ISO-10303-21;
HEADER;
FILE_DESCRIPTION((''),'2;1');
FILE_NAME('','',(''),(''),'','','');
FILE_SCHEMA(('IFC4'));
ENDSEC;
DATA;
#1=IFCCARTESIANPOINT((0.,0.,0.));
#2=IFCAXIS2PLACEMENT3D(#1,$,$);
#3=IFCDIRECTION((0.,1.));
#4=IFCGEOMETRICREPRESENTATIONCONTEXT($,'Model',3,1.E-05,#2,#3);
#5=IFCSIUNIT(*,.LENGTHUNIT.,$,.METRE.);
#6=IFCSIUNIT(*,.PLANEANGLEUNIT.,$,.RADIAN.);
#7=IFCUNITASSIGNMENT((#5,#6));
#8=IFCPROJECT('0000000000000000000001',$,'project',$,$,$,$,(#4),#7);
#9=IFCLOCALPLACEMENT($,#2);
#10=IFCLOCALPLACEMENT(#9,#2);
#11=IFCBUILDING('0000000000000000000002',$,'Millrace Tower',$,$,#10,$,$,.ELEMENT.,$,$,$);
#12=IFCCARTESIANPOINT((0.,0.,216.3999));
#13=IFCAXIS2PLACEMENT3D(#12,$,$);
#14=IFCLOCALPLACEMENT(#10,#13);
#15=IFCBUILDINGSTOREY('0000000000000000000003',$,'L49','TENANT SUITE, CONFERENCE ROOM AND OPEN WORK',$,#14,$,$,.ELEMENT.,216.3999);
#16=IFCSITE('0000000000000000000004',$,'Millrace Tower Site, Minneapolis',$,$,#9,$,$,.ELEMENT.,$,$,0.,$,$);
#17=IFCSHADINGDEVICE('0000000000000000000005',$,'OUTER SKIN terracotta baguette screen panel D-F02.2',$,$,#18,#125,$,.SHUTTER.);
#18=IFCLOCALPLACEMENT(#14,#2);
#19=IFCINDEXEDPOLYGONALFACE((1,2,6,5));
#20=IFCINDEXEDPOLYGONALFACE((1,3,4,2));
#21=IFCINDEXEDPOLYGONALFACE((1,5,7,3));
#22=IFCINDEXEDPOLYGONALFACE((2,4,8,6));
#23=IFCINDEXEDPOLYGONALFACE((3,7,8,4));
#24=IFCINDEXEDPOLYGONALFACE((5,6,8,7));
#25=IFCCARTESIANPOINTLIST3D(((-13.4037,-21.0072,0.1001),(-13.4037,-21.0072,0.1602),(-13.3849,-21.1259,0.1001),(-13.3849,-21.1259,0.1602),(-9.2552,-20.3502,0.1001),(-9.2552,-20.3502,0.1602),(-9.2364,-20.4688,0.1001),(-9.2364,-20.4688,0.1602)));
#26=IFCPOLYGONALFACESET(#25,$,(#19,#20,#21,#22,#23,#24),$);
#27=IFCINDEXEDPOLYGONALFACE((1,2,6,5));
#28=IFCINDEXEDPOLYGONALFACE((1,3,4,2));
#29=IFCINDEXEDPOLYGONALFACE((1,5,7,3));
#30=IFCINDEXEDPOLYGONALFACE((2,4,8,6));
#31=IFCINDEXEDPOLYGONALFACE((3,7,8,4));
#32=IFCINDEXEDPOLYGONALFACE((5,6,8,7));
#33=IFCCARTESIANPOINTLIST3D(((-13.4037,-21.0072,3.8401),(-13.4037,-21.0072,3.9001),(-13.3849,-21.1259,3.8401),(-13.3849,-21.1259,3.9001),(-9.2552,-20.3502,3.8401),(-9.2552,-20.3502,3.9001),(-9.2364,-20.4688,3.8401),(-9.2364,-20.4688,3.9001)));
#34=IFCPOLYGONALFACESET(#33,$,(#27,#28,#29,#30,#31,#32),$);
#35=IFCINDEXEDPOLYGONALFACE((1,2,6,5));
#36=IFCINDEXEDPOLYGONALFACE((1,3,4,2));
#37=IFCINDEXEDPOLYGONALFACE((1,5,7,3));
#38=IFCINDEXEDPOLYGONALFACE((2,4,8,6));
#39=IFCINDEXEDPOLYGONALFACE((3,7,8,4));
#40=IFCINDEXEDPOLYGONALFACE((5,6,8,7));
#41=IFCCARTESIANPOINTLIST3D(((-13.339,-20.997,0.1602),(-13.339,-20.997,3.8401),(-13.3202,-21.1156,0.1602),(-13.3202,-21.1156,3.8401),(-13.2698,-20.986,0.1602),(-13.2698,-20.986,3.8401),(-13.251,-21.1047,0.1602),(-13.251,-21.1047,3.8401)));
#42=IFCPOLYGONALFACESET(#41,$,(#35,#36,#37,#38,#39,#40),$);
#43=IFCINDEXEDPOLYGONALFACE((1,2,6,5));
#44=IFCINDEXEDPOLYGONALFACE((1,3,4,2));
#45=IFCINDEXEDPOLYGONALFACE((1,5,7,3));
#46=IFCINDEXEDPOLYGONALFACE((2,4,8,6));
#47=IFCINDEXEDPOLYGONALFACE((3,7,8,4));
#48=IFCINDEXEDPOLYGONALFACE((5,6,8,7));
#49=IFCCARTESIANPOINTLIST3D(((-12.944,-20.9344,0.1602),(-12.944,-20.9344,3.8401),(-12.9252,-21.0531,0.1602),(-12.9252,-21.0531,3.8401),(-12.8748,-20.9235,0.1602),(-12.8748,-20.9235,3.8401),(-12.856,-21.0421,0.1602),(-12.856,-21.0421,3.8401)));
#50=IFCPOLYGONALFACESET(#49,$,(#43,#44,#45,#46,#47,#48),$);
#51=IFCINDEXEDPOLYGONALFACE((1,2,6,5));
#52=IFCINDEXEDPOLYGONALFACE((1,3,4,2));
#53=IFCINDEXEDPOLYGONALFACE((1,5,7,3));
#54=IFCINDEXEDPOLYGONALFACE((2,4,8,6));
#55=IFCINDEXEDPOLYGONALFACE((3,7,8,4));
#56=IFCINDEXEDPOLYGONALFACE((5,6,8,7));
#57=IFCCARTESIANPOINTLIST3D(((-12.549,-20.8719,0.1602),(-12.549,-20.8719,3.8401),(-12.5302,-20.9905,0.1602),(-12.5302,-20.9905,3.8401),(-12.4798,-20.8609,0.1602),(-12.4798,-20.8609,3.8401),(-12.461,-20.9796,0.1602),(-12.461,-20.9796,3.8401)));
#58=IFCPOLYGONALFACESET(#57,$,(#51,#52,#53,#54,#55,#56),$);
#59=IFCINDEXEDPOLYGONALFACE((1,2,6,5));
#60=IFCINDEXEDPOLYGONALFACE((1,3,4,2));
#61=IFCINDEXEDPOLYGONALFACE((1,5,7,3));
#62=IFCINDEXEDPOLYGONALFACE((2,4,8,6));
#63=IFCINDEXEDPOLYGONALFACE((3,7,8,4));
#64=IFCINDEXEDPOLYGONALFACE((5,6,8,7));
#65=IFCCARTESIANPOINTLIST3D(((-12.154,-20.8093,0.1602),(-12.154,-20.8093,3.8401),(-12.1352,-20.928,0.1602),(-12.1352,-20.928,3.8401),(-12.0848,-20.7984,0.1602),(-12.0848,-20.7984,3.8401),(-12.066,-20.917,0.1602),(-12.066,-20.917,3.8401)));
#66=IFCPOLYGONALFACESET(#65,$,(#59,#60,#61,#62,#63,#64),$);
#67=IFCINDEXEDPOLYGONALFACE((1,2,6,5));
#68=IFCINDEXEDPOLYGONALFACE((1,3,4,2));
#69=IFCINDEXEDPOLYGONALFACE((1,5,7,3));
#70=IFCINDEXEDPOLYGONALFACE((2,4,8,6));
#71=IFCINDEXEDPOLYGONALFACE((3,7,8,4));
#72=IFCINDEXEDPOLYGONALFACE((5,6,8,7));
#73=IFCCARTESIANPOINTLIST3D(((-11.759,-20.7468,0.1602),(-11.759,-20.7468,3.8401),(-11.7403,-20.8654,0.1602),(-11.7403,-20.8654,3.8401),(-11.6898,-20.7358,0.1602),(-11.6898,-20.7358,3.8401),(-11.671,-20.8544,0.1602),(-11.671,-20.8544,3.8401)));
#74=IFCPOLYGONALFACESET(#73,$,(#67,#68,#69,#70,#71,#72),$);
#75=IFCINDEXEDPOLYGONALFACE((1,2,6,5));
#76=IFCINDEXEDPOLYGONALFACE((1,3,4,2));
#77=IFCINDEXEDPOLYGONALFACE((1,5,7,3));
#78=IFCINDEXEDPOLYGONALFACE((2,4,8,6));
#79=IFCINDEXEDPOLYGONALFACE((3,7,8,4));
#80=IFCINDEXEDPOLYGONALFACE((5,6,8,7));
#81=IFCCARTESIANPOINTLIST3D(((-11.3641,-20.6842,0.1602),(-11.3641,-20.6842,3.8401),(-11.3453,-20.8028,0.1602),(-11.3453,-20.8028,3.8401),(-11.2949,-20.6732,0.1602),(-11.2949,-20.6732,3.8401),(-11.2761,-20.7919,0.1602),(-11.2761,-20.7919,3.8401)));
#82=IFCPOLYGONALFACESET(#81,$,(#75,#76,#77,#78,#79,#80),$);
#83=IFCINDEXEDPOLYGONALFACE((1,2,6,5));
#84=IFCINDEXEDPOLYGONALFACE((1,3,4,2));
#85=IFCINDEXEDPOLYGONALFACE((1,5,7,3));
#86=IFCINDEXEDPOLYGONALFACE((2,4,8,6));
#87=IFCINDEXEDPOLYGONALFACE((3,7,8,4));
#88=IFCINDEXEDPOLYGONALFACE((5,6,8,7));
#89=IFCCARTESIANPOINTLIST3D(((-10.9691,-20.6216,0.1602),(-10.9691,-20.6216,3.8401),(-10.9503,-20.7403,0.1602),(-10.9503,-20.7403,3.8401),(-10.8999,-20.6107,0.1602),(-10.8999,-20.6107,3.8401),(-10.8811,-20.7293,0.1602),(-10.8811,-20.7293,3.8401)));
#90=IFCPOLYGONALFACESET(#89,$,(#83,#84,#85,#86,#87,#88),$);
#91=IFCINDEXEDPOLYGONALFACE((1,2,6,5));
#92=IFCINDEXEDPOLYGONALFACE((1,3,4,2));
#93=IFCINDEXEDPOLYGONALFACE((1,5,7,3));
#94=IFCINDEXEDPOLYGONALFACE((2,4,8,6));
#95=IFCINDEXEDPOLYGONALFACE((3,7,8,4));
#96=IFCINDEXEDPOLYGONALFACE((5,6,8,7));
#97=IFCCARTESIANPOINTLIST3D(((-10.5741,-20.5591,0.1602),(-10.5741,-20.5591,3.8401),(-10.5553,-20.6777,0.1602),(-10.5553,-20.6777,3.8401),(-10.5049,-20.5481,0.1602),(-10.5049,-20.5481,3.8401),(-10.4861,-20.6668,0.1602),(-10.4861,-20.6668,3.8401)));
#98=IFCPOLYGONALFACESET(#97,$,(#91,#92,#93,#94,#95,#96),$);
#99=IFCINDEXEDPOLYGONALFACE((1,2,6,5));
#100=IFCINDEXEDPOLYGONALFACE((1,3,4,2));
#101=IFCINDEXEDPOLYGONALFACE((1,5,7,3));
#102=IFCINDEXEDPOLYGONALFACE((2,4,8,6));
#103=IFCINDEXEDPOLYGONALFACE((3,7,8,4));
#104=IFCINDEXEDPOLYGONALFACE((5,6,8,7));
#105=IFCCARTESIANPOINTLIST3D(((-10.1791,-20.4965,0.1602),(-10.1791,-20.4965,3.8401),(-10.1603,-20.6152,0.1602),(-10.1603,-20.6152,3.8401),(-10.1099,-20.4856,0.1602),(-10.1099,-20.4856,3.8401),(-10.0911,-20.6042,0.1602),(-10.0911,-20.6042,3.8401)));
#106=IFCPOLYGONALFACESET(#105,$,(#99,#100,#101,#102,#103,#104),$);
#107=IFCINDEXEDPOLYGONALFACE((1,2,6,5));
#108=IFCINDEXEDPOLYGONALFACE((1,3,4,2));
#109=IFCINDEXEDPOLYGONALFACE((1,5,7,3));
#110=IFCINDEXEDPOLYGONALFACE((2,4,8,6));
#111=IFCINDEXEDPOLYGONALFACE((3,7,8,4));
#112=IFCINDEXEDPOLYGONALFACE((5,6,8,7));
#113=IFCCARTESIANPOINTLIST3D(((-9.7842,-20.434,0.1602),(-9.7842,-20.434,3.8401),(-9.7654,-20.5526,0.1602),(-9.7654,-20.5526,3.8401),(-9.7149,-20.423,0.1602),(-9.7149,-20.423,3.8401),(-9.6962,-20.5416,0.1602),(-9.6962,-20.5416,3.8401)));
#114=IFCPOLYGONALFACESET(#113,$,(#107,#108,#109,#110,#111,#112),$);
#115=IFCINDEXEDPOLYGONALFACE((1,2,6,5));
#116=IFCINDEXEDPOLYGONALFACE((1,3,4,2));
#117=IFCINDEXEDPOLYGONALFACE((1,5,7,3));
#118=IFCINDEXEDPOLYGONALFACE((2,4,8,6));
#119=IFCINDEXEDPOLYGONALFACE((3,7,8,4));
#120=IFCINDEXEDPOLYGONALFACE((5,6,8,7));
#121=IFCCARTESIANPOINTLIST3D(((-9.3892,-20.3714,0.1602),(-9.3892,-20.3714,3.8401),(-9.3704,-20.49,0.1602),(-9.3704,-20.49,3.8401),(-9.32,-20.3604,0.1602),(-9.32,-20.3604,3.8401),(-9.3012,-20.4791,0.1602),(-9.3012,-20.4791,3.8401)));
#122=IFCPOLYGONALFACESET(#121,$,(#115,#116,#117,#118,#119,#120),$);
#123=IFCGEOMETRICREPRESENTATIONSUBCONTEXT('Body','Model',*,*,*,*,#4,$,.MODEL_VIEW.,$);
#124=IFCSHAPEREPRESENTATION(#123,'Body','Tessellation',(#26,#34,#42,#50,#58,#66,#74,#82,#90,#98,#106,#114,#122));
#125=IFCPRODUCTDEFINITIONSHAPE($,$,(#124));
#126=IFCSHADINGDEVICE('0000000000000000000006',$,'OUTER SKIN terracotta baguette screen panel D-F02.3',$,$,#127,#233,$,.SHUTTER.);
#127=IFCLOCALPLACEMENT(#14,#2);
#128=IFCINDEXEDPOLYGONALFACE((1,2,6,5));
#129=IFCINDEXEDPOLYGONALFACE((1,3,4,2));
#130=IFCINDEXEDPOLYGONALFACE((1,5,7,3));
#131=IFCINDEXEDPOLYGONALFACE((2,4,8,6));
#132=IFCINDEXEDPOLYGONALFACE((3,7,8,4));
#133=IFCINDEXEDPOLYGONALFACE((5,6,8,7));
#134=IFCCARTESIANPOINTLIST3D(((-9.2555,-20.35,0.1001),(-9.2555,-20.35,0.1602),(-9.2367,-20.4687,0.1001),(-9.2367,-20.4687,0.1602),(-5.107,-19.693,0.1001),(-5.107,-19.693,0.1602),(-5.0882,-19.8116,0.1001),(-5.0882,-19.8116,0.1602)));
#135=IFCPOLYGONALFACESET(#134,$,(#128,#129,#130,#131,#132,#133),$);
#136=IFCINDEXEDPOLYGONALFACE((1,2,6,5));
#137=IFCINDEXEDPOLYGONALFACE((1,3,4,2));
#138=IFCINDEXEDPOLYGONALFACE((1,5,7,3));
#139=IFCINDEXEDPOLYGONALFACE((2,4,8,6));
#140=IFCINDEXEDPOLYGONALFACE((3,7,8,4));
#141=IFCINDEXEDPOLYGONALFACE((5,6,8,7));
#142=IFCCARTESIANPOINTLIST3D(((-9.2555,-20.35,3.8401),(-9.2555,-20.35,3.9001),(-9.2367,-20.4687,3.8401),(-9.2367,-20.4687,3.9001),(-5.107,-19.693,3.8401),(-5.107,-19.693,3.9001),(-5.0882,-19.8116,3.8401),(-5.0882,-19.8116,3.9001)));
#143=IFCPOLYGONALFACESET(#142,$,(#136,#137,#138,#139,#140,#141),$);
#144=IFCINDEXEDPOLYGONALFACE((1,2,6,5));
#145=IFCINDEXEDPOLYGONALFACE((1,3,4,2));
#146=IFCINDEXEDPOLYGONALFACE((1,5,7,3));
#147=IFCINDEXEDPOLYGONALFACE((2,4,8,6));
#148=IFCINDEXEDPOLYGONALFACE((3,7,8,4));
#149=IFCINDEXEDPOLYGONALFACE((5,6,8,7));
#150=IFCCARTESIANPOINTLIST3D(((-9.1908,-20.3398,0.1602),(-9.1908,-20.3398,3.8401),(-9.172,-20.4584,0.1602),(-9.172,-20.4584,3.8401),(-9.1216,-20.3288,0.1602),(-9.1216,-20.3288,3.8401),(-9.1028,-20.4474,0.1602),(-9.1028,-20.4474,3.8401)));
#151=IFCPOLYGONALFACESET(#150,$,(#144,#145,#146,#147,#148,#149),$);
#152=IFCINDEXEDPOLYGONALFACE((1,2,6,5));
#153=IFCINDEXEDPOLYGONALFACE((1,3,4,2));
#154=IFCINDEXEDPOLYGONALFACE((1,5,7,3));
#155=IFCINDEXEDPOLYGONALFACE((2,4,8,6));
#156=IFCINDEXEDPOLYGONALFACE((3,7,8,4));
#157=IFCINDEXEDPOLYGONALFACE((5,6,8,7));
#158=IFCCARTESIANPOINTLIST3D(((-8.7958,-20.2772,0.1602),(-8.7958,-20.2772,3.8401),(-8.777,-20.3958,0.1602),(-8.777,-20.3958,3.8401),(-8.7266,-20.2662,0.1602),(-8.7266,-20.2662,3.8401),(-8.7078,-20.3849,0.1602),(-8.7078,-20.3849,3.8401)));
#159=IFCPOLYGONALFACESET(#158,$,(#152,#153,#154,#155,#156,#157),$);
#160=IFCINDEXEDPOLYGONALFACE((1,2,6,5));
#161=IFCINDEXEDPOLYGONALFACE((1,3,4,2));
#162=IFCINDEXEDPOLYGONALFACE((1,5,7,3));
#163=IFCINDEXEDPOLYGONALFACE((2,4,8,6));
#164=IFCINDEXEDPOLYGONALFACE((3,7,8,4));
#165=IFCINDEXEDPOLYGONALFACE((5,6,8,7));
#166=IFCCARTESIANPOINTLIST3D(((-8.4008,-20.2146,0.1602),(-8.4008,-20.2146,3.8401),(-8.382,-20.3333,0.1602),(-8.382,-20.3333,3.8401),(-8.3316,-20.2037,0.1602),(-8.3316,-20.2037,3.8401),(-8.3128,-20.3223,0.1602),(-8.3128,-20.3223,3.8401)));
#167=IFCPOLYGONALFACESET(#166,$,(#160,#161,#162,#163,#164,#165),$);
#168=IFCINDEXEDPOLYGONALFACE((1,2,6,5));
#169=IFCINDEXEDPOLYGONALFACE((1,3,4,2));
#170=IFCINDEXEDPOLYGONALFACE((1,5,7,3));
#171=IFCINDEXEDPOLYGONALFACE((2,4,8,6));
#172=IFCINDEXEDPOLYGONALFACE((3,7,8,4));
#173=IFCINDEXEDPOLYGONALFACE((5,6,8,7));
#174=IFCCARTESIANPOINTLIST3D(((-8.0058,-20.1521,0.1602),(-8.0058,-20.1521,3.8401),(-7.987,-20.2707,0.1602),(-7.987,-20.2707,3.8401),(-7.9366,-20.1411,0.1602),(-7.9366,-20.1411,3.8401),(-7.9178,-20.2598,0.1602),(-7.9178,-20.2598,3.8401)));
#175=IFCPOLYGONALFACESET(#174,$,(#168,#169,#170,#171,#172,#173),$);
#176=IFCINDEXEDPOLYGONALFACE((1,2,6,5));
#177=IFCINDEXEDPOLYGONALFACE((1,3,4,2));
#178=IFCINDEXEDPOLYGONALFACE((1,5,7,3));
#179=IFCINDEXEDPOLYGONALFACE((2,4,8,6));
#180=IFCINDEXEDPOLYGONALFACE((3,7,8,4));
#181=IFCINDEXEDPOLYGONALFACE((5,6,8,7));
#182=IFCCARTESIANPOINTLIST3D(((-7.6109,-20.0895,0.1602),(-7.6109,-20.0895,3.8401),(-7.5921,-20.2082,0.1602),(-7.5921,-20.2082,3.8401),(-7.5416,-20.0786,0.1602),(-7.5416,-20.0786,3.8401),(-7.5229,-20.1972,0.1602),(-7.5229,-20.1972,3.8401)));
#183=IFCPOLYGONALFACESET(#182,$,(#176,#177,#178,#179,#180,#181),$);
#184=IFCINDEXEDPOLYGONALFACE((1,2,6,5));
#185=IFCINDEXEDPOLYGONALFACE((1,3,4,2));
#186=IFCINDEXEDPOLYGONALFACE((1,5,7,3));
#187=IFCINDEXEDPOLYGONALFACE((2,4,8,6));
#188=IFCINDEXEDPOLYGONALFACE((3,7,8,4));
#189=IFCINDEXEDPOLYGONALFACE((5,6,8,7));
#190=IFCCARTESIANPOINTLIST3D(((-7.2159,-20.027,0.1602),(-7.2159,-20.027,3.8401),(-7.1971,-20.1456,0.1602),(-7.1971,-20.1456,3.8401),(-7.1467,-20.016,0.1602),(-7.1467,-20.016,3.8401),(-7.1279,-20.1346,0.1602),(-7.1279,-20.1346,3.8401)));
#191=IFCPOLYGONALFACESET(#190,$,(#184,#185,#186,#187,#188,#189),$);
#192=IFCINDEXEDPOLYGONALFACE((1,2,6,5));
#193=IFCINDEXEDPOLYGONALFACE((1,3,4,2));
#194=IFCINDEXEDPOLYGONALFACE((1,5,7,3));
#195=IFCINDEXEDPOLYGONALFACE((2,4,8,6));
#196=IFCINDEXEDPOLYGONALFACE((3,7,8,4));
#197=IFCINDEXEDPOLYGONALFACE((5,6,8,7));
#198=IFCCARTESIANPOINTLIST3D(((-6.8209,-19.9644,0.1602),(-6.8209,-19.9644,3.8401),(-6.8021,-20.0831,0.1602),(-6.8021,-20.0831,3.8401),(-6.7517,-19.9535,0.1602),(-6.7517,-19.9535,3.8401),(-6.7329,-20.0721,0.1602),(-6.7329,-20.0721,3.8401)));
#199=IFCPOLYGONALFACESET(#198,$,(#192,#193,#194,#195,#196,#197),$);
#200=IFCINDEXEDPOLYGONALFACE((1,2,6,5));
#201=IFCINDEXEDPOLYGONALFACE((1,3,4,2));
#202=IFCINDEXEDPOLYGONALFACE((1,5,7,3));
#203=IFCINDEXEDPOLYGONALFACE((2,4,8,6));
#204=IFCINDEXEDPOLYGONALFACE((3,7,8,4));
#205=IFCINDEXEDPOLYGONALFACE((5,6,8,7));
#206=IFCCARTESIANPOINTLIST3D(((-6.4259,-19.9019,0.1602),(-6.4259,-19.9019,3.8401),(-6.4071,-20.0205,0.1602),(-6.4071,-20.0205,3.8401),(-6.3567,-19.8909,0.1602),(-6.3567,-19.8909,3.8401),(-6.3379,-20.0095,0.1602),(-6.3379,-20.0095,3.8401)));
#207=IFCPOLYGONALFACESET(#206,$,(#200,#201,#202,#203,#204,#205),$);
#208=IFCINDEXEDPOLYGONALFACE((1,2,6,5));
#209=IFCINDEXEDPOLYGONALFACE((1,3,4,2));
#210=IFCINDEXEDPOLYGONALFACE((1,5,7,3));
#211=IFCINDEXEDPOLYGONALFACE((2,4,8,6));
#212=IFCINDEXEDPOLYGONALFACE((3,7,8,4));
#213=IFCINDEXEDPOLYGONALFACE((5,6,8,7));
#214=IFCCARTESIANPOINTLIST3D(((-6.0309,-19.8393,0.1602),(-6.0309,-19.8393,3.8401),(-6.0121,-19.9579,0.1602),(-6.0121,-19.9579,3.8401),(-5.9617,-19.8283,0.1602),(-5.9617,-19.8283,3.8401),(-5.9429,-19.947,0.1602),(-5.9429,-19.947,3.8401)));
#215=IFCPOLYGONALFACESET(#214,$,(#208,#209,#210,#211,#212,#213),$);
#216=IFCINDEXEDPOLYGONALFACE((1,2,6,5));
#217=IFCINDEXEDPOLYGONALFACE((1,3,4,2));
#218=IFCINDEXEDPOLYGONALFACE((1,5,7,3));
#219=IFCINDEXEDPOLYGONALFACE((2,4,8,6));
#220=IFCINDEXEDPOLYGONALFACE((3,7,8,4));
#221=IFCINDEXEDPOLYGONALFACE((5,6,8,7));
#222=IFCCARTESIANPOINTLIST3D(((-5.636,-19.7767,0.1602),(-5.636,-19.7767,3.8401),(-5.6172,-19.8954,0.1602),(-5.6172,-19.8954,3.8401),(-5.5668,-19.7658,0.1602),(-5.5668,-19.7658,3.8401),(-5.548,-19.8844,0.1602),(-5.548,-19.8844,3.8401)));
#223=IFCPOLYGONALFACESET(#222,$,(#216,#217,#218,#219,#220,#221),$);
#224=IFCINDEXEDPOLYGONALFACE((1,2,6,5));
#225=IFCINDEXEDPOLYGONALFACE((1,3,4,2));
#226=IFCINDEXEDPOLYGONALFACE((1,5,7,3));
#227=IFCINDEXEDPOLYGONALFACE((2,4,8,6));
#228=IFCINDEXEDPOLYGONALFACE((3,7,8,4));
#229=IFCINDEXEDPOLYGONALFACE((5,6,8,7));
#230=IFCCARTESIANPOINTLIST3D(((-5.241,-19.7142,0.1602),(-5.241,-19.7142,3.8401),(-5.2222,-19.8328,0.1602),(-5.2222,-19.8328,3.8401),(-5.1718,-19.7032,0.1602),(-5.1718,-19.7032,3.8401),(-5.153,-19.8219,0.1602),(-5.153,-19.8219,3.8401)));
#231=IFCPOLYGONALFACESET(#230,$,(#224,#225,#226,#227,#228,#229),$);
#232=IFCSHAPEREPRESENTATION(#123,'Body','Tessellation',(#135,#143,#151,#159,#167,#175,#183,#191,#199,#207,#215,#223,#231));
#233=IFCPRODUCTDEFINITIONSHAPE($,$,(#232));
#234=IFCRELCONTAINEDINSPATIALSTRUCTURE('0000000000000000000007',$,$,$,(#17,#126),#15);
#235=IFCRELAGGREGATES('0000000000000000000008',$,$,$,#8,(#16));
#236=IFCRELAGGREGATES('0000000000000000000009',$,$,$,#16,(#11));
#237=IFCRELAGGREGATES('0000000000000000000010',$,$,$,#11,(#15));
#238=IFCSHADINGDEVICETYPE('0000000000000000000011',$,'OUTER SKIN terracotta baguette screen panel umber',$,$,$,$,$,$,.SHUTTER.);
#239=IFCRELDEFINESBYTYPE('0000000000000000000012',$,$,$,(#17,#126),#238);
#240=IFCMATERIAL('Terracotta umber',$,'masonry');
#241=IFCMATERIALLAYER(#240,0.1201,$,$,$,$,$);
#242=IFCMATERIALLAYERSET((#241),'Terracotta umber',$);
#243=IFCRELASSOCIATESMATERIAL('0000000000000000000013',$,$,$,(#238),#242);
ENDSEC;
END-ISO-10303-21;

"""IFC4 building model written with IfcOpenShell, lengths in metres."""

from ifc_helpers import new_model, entity, si_unit, direction, frame, frame_2d, origin, origin_2d, place, context, subcontext, project, spatial, rectangle, extrude, source, transform, mapped, material, layer, layer_set, type_object, element, save


model = new_model("IFC4")

# Units and contexts
model_context = context("Model", 3, precision=1e-05, world=origin(), true_north=direction((0.0, 1.0)))
body_context = subcontext(model_context, "Body", "Model", "MODEL_VIEW")
ifc_project = project(units=[si_unit("LENGTHUNIT", "METRE"), si_unit("PLANEANGLEUNIT", "RADIAN")], contexts=[model_context])

# Site, building, storey
site_placement = place(None, origin())
site = spatial("IfcSite", under=ifc_project, at=site_placement, Name="Millrace Tower Site, Minneapolis", CompositionType="ELEMENT", RefElevation=0.0)
building_placement = place(site_placement, origin())
building = spatial("IfcBuilding", under=site, at=building_placement, Name="Millrace Tower", CompositionType="ELEMENT")
storey_placement = place(building_placement, frame((0.0, 0.0, 216.3999)))
storey = spatial("IfcBuildingStorey", under=building, at=storey_placement, Name="L49", Description="TENANT SUITE, CONFERENCE ROOM AND OPEN WORK", CompositionType="ELEMENT", Elevation=216.3999)

# Shading devices
ifc_material_1 = material(Name="Terracotta umber", Category="masonry")
ifc_layer_1 = layer(ifc_material_1, 0.1201)
ifc_layer_set_1 = layer_set([ifc_layer_1], Name="Terracotta umber")
shading_device_type = type_object("IfcShadingDeviceType", Name="OUTER SKIN terracotta baguette screen panel umber", PredefinedType="SHUTTER", material=ifc_layer_set_1)
cartesian_point = entity("IfcCartesianPoint", [-2.1001, 0.0601])
shared_polyline = entity("IfcPolyline", [cartesian_point, entity("IfcCartesianPoint", [2.1001, 0.0601]), entity("IfcCartesianPoint", [2.1001, -0.0601]), entity("IfcCartesianPoint", [-2.1001, -0.0601]), cartesian_point])
shared_shape = source(origin(), body_context, "Body", "SweptSolid", [
    entity("IfcExtrudedAreaSolid", entity("IfcArbitraryClosedProfileDef", "AREA", None, shared_polyline), entity("IfcAxis2Placement3D", entity("IfcCartesianPoint", [0.0, 0.0, 0.0])), entity("IfcDirection", [0.0, 0.0, 1.0]), 0.0601),
    entity("IfcExtrudedAreaSolid", entity("IfcArbitraryClosedProfileDef", "AREA", None, shared_polyline), entity("IfcAxis2Placement3D", entity("IfcCartesianPoint", [0.0, 0.0, 3.74])), entity("IfcDirection", [0.0, 0.0, 1.0]), 0.0601),
    extrude(rectangle(XDim=0.0701, YDim=0.1201, at=frame_2d((-1.9995, 0.0))), frame((0.0, 0.0, 0.0601)), (0.0, 0.0, 1.0), 3.6799),
    extrude(rectangle(XDim=0.0701, YDim=0.1201, at=frame_2d((-1.5996, 0.0))), frame((0.0, 0.0, 0.0601)), (0.0, 0.0, 1.0), 3.6799),
    extrude(rectangle(XDim=0.0701, YDim=0.1201, at=frame_2d((-1.1997, 0.0))), frame((0.0, 0.0, 0.0601)), (0.0, 0.0, 1.0), 3.6799),
    extrude(rectangle(XDim=0.0701, YDim=0.1201, at=frame_2d((-0.7998, 0.0))), frame((0.0, 0.0, 0.0601)), (0.0, 0.0, 1.0), 3.6799),
    extrude(rectangle(XDim=0.0701, YDim=0.1201, at=frame_2d((-0.3999, 0.0))), frame((0.0, 0.0, 0.0601)), (0.0, 0.0, 1.0), 3.6799),
    extrude(rectangle(XDim=0.0701, YDim=0.1201, at=origin_2d()), frame((0.0, 0.0, 0.0601)), (0.0, 0.0, 1.0), 3.6799),
    extrude(rectangle(XDim=0.0701, YDim=0.1201, at=frame_2d((0.3999, 0.0))), frame((0.0, 0.0, 0.0601)), (0.0, 0.0, 1.0), 3.6799),
    extrude(rectangle(XDim=0.0701, YDim=0.1201, at=frame_2d((0.7998, 0.0))), frame((0.0, 0.0, 0.0601)), (0.0, 0.0, 1.0), 3.6799),
    extrude(rectangle(XDim=0.0701, YDim=0.1201, at=frame_2d((1.1997, 0.0))), frame((0.0, 0.0, 0.0601)), (0.0, 0.0, 1.0), 3.6799),
    extrude(rectangle(XDim=0.0701, YDim=0.1201, at=frame_2d((1.5996, 0.0))), frame((0.0, 0.0, 0.0601)), (0.0, 0.0, 1.0), 3.6799),
    extrude(rectangle(XDim=0.0701, YDim=0.1201, at=frame_2d((1.9995, 0.0))), frame((0.0, 0.0, 0.0601)), (0.0, 0.0, 1.0), 3.6799),
])
for number, where, z_axis, x_axis, name in (
    (1, (-11.3201, -20.738, 0.1001), (0.0, 0.0, 1.0), (0.987688, 0.156434, 0.0), "OUTER SKIN terracotta baguette screen panel D-F02.2"),
    (2, (-7.1719, -20.0808, 0.1001), (0.0, 0.0, 1.0), (0.987688, 0.156434, 0.0), "OUTER SKIN terracotta baguette screen panel D-F02.3"),
):
    element("IfcShadingDevice", number, at=place(storey_placement, frame(where, z_axis=z_axis, x_axis=x_axis)), inside=storey, type_object=shading_device_type, Name=name, PredefinedType="SHUTTER", context=body_context, shape_type="MappedRepresentation", body=[
        mapped(shared_shape, transform((0.0, 0.0, 0.0), scale=1.0)),
    ])

save(model, "model.ifc")
